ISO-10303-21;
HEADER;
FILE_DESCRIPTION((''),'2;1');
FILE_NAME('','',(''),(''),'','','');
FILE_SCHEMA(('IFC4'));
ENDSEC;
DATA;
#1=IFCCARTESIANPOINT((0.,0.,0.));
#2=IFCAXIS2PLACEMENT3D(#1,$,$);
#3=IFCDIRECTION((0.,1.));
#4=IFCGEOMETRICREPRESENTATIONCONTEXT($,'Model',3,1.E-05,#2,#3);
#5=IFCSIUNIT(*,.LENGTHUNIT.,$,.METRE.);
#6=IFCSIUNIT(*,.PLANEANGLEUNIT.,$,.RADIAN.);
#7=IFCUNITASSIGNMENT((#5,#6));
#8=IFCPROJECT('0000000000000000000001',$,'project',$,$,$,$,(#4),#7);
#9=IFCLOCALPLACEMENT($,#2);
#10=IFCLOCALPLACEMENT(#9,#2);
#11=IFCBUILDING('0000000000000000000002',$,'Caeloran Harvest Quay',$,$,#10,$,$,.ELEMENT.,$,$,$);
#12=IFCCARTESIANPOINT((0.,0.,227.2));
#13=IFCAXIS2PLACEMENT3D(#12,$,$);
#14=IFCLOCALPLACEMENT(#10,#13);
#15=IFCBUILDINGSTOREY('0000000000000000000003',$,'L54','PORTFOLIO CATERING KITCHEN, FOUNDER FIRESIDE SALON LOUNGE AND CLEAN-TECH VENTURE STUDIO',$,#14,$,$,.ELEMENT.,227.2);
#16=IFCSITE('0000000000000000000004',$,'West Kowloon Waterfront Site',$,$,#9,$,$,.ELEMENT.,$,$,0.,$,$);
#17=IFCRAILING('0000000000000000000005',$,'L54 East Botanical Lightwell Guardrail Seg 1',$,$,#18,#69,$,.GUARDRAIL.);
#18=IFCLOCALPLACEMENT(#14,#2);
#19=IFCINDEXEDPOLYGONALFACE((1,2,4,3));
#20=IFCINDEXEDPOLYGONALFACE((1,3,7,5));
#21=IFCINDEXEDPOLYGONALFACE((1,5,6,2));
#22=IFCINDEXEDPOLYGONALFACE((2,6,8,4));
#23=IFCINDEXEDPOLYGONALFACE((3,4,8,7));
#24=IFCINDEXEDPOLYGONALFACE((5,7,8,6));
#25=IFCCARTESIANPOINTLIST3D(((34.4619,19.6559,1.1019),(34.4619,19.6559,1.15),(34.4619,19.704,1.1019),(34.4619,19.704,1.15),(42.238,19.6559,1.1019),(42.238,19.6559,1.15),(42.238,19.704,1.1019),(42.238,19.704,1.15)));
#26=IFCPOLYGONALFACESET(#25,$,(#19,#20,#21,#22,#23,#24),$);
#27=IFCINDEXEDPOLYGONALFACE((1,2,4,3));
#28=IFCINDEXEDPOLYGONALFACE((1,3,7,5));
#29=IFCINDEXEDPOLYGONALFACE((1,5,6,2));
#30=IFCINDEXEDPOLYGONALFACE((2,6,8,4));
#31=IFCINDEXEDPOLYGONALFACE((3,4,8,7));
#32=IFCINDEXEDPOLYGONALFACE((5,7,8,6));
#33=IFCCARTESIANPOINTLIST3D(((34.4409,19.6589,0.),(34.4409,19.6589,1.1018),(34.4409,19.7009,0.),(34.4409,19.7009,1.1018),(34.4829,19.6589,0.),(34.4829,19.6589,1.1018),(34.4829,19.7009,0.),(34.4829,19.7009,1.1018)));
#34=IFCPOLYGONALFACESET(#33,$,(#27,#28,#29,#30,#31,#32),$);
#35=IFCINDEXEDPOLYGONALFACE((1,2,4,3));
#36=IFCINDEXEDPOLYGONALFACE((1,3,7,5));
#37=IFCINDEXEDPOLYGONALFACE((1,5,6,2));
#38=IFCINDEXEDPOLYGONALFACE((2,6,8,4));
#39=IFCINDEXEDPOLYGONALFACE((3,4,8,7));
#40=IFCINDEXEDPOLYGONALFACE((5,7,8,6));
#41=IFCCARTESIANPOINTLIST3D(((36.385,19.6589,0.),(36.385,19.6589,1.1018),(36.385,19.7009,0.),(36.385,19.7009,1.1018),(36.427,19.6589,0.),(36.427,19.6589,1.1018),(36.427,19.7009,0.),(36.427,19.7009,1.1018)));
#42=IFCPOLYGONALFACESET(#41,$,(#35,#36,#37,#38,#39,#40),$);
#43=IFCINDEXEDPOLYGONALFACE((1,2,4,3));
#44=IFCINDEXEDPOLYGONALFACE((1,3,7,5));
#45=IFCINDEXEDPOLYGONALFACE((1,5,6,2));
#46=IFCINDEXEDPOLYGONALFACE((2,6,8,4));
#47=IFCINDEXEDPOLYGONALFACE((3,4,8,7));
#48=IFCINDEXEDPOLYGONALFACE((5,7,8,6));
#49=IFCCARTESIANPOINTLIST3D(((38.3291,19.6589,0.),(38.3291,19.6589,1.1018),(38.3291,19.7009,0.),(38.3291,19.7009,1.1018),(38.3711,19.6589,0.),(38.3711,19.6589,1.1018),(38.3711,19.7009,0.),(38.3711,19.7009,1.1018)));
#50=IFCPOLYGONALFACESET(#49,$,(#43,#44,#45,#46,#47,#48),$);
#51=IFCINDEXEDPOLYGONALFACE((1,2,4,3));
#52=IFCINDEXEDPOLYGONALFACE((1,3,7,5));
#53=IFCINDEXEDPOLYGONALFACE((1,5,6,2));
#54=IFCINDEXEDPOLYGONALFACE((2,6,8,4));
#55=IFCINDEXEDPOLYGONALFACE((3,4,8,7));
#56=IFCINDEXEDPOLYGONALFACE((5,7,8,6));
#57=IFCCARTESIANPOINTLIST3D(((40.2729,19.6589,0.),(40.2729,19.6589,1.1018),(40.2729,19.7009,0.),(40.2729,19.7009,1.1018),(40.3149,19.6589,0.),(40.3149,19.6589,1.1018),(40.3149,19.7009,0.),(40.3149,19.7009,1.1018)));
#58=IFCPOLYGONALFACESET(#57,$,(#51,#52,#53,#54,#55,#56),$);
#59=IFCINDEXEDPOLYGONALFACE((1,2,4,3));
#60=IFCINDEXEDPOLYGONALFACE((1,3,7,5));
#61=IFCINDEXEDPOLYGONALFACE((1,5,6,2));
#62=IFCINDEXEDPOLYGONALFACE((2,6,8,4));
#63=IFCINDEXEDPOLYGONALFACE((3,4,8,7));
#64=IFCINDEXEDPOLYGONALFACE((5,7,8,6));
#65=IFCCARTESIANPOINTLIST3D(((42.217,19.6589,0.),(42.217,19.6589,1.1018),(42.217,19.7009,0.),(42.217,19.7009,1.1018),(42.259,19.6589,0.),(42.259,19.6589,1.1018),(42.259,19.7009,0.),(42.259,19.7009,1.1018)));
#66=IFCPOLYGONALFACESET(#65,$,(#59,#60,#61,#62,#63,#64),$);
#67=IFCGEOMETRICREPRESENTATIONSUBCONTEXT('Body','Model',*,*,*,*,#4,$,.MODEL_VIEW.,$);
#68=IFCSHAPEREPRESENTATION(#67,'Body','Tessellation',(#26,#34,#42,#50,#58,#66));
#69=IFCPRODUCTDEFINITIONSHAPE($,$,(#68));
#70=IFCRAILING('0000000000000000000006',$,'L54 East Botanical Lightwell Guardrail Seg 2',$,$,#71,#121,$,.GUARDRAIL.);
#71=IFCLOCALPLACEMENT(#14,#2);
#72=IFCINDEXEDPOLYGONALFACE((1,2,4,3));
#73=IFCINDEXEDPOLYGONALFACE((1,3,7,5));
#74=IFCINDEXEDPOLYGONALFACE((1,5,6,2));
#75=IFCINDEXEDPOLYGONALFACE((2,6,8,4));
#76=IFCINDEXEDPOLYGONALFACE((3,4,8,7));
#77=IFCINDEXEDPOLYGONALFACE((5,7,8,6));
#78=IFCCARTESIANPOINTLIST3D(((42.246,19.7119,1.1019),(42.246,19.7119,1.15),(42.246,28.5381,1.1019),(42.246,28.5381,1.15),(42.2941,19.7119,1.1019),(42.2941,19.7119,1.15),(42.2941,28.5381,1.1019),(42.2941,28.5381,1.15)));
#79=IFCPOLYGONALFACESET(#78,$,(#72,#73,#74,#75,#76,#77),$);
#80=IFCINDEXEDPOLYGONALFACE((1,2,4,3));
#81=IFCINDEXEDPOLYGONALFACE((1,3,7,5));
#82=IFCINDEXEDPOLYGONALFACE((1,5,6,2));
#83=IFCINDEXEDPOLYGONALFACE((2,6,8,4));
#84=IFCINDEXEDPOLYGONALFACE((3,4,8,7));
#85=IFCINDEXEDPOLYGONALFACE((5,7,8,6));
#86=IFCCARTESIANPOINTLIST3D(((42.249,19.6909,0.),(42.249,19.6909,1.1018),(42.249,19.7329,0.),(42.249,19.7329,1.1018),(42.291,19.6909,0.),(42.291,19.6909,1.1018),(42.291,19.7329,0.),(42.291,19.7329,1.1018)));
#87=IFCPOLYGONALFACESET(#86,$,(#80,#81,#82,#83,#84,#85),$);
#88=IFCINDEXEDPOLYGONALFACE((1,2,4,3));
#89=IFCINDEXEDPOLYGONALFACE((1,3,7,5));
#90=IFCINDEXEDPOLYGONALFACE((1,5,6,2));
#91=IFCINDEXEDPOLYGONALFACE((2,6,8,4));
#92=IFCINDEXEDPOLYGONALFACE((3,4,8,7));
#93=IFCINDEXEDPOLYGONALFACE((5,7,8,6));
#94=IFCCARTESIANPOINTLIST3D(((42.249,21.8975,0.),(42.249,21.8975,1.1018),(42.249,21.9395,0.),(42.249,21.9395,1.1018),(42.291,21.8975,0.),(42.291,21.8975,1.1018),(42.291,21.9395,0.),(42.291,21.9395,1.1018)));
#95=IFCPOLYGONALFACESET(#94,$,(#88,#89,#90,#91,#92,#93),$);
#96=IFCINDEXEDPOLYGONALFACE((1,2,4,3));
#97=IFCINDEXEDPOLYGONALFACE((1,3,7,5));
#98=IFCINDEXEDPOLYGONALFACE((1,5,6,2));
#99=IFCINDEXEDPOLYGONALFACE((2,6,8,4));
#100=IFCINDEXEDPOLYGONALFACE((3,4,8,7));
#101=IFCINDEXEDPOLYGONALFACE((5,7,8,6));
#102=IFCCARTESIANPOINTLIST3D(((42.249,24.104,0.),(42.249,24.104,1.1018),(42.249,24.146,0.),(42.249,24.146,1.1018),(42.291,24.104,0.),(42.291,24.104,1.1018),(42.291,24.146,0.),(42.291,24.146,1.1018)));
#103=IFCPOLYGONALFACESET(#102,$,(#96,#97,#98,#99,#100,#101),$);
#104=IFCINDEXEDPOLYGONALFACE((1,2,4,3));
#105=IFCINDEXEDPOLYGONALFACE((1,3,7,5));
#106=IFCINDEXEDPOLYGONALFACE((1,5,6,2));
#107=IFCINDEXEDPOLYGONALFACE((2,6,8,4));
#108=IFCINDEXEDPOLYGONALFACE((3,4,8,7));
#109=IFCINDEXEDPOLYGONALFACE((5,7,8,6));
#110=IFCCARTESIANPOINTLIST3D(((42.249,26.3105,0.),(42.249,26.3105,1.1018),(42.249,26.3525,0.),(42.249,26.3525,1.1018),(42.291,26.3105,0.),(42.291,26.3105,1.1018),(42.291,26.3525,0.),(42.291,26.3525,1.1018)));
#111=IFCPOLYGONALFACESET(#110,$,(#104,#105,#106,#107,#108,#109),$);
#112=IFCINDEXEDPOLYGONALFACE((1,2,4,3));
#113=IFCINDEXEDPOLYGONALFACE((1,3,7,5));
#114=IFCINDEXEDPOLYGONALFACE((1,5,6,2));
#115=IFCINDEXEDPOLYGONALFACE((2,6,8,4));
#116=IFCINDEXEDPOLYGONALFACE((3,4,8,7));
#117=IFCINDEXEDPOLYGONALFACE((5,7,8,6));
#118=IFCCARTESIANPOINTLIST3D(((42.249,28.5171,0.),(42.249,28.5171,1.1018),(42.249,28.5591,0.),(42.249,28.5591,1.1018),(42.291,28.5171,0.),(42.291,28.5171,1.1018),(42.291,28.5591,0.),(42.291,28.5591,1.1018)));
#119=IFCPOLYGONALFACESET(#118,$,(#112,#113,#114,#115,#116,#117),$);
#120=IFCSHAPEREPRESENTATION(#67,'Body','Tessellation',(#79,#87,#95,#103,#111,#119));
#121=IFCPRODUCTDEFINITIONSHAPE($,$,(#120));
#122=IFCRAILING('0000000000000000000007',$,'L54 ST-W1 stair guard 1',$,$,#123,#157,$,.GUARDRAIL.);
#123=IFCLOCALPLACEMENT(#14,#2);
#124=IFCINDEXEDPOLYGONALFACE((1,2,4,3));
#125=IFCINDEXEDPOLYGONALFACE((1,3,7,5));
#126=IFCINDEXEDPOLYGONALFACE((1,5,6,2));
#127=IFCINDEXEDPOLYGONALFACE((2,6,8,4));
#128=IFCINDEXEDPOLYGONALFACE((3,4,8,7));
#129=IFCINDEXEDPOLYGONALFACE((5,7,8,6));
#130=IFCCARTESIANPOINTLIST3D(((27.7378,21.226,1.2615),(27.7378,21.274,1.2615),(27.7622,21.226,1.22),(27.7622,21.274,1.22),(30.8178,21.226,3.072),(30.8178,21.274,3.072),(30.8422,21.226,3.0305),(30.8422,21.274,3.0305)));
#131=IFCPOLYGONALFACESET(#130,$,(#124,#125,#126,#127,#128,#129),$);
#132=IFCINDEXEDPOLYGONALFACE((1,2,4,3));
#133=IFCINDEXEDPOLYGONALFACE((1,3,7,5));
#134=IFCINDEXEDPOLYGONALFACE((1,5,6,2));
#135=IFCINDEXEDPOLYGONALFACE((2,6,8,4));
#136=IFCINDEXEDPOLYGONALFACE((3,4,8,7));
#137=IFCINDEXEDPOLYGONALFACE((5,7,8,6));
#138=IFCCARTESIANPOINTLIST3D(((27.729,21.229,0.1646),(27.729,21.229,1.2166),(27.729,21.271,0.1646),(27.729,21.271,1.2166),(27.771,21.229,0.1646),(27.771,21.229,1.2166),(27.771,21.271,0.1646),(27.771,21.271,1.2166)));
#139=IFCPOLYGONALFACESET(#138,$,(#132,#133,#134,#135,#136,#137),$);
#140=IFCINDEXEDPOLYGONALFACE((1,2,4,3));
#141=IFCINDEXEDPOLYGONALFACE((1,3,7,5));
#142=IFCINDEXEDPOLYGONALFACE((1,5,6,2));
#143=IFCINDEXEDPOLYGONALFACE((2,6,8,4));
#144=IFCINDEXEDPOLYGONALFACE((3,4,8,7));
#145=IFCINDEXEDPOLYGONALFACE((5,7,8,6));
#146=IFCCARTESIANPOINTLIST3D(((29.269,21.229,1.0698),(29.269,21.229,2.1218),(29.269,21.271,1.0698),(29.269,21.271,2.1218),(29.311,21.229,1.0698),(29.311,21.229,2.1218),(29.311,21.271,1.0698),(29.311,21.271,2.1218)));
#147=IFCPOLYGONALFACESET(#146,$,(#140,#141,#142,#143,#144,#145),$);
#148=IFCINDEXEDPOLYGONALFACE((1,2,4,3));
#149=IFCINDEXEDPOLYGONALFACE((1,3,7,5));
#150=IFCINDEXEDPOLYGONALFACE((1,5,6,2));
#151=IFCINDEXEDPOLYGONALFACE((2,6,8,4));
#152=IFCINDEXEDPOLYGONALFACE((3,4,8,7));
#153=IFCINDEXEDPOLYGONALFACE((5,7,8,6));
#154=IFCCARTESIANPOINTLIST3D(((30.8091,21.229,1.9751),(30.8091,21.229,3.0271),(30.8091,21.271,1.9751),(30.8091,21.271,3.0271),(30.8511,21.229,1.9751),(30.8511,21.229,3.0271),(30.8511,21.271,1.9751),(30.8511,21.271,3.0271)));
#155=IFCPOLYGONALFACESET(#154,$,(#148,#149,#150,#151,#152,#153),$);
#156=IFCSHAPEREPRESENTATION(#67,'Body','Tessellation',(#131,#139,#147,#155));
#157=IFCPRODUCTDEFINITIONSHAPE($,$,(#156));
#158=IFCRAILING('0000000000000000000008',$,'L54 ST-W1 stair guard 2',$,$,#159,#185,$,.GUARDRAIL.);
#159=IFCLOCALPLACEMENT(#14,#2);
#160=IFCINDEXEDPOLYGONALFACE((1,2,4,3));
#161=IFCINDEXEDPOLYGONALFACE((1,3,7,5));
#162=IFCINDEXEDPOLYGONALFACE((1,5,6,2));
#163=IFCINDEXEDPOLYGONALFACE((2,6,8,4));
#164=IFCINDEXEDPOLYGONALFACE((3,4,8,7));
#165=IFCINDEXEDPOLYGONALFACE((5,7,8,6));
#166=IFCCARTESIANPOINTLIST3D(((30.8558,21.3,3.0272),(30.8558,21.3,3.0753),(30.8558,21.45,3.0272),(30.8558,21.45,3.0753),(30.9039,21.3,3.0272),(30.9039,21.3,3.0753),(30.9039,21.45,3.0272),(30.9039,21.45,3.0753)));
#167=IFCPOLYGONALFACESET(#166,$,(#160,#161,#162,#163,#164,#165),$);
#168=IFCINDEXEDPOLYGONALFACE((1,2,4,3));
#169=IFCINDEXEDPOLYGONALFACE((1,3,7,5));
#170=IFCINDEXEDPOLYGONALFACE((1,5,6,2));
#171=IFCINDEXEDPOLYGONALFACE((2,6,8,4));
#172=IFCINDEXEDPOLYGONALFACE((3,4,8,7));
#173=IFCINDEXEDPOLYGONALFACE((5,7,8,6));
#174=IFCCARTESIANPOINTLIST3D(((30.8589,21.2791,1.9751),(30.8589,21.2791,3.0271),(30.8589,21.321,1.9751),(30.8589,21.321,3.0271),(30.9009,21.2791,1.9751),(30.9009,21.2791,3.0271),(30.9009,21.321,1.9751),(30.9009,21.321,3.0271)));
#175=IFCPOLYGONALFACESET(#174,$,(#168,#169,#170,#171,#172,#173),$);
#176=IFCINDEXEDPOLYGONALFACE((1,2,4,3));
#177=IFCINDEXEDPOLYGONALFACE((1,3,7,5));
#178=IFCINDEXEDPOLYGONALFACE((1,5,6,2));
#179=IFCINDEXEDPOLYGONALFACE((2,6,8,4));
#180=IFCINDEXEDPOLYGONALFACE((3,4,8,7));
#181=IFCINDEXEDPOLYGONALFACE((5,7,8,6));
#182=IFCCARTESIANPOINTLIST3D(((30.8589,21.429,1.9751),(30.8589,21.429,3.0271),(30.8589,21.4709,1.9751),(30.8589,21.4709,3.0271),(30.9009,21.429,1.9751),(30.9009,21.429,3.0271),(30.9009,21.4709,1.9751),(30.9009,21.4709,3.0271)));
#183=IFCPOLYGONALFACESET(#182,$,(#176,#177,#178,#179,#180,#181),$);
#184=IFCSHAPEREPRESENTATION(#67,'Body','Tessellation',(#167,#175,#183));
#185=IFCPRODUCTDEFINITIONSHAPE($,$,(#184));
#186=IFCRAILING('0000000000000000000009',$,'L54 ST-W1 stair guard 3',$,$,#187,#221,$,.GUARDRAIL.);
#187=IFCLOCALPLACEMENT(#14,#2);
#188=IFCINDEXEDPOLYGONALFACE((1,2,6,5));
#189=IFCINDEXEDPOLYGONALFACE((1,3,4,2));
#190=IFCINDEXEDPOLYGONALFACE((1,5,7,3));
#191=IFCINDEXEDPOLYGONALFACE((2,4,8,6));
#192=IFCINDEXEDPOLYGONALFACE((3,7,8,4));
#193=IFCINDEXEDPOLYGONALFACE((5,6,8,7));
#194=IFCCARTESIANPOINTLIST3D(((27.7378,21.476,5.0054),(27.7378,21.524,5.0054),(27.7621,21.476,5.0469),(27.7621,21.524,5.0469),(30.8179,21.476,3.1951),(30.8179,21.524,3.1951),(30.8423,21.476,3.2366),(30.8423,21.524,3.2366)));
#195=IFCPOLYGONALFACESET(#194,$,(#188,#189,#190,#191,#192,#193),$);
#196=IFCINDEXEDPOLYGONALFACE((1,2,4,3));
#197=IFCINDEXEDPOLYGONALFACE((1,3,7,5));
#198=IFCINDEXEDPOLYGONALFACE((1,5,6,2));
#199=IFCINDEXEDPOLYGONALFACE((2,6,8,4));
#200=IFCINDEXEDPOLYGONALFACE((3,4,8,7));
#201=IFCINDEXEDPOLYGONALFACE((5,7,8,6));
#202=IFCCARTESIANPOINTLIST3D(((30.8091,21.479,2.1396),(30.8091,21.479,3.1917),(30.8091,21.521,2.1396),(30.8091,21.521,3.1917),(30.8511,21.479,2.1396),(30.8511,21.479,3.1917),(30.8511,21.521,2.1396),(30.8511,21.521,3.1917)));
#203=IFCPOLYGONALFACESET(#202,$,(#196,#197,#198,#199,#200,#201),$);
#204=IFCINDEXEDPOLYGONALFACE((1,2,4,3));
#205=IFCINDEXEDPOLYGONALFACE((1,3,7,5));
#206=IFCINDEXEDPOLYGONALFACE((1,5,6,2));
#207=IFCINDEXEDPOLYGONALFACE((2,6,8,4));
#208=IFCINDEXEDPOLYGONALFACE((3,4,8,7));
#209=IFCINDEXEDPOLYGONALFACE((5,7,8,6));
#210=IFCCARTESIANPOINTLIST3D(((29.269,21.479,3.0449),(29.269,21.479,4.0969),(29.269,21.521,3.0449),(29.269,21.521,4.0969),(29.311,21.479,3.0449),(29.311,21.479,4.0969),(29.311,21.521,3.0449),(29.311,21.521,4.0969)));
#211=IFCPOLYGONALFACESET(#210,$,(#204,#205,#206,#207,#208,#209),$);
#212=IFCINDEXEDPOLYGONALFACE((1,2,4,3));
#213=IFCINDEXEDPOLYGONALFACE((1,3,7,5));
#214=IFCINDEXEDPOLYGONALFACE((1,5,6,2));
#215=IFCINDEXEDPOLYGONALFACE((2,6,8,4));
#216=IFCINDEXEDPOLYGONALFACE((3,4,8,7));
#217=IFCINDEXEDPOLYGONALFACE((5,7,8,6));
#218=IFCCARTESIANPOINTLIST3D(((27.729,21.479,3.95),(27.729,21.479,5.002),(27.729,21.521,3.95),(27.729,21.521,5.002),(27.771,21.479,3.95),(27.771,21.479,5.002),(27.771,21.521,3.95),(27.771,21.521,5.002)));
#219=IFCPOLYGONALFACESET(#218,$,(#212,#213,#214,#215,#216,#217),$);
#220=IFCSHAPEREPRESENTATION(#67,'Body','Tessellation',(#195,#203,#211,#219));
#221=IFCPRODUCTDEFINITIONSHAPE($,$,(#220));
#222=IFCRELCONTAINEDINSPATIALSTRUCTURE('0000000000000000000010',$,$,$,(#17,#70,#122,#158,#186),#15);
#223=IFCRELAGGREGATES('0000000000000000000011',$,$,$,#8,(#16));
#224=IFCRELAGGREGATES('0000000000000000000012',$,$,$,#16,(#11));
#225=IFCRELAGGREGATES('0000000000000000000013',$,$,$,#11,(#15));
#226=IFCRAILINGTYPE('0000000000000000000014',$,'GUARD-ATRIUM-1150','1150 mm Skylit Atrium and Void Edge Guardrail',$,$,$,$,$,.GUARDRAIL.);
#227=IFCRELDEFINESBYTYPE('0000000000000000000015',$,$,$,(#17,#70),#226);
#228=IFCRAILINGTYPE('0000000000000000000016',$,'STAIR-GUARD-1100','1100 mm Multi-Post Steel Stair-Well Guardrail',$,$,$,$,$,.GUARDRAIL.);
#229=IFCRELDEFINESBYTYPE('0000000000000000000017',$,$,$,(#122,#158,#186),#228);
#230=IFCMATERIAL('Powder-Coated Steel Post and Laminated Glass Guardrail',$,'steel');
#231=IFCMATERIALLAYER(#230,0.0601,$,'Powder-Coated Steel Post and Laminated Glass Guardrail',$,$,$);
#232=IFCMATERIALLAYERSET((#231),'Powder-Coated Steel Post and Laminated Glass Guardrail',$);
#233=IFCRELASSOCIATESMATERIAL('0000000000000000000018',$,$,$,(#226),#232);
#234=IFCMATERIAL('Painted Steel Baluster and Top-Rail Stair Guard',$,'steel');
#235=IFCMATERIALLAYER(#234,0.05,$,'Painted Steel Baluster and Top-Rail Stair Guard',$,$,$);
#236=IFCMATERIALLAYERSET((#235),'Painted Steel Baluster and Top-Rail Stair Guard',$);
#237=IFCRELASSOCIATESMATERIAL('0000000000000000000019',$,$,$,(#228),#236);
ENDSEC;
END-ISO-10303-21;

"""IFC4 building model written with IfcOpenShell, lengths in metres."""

from ifc_helpers import new_model, si_unit, direction, frame, origin, origin_2d, place, context, subcontext, project, spatial, rectangle, extrude, material, layer, layer_set, type_object, element, save


model = new_model("IFC4")

# Units and contexts
model_context = context("Model", 3, precision=1e-05, world=origin(), true_north=direction((0.0, 1.0)))
body_context = subcontext(model_context, "Body", "Model", "MODEL_VIEW")
ifc_project = project(units=[si_unit("LENGTHUNIT", "METRE"), si_unit("PLANEANGLEUNIT", "RADIAN")], contexts=[model_context])

# Site, building, storey
site_placement = place(None, origin())
site = spatial("IfcSite", under=ifc_project, at=site_placement, Name="West Kowloon Waterfront Site", CompositionType="ELEMENT", RefElevation=0.0)
building_placement = place(site_placement, origin())
building = spatial("IfcBuilding", under=site, at=building_placement, Name="Caeloran Harvest Quay", CompositionType="ELEMENT")
storey_placement = place(building_placement, frame((0.0, 0.0, 227.2)))
storey = spatial("IfcBuildingStorey", under=building, at=storey_placement, Name="L54", Description="PORTFOLIO CATERING KITCHEN, FOUNDER FIRESIDE SALON LOUNGE AND CLEAN-TECH VENTURE STUDIO", CompositionType="ELEMENT", Elevation=227.2)

# Railings
ifc_material_1 = material(Name="Powder-Coated Steel Post and Laminated Glass Guardrail", Category="steel")
ifc_layer_1 = layer(ifc_material_1, 0.0601, Name="Powder-Coated Steel Post and Laminated Glass Guardrail")
ifc_layer_set_1 = layer_set([ifc_layer_1], Name="Powder-Coated Steel Post and Laminated Glass Guardrail")
railing_type_1 = type_object("IfcRailingType", Name="GUARD-ATRIUM-1150", Description="1150 mm Skylit Atrium and Void Edge Guardrail", PredefinedType="GUARDRAIL", material=ifc_layer_set_1)
railing_1_placement = place(storey_placement, frame((34.4619, 19.6799, 0.0)))
element("IfcRailing", 1, at=railing_1_placement, inside=storey, type_object=railing_type_1, Name="L54 East Botanical Lightwell Guardrail Seg 1", PredefinedType="GUARDRAIL", context=body_context, shape_type="SweptSolid", body=[
    extrude(rectangle(XDim=0.0481, YDim=0.0481, at=origin_2d()), frame((0.0, 0.0, 1.126), z_axis=(1.0, 0.0, 0.0), x_axis=(0.0, 1.0, 0.0)), (0.0, 0.0, 1.0), 7.7761),
    extrude(rectangle(XDim=0.042, YDim=0.042, at=origin_2d()), origin(), (0.0, 0.0, 1.0), 1.1018),
    extrude(rectangle(XDim=0.042, YDim=0.042, at=origin_2d()), frame((1.9441, 0.0, 0.0)), (0.0, 0.0, 1.0), 1.1018),
    extrude(rectangle(XDim=0.042, YDim=0.042, at=origin_2d()), frame((3.8882, 0.0, 0.0)), (0.0, 0.0, 1.0), 1.1018),
    extrude(rectangle(XDim=0.042, YDim=0.042, at=origin_2d()), frame((5.832, 0.0, 0.0)), (0.0, 0.0, 1.0), 1.1018),
    extrude(rectangle(XDim=0.042, YDim=0.042, at=origin_2d()), frame((7.7761, 0.0, 0.0)), (0.0, 0.0, 1.0), 1.1018),
])
railing_2_placement = place(storey_placement, frame((42.27, 19.7119, 0.0)))
element("IfcRailing", 2, at=railing_2_placement, inside=storey, type_object=railing_type_1, Name="L54 East Botanical Lightwell Guardrail Seg 2", PredefinedType="GUARDRAIL", context=body_context, shape_type="SweptSolid", body=[
    extrude(rectangle(XDim=0.0481, YDim=0.0481, at=origin_2d()), frame((0.0, 0.0, 1.126), z_axis=(0.0, 1.0, 0.0), x_axis=(-1.0, 0.0, 0.0)), (0.0, 0.0, 1.0), 8.8262),
    extrude(rectangle(XDim=0.042, YDim=0.042, at=origin_2d()), origin(), (0.0, 0.0, 1.0), 1.1018),
    extrude(rectangle(XDim=0.042, YDim=0.042, at=origin_2d()), frame((0.0, 2.2065, 0.0)), (0.0, 0.0, 1.0), 1.1018),
    extrude(rectangle(XDim=0.042, YDim=0.042, at=origin_2d()), frame((0.0, 4.4131, 0.0)), (0.0, 0.0, 1.0), 1.1018),
    extrude(rectangle(XDim=0.042, YDim=0.042, at=origin_2d()), frame((0.0, 6.6196, 0.0)), (0.0, 0.0, 1.0), 1.1018),
    extrude(rectangle(XDim=0.042, YDim=0.042, at=origin_2d()), frame((0.0, 8.8262, 0.0)), (0.0, 0.0, 1.0), 1.1018),
])
ifc_material_2 = material(Name="Painted Steel Baluster and Top-Rail Stair Guard", Category="steel")
ifc_layer_2 = layer(ifc_material_2, 0.05, Name="Painted Steel Baluster and Top-Rail Stair Guard")
ifc_layer_set_2 = layer_set([ifc_layer_2], Name="Painted Steel Baluster and Top-Rail Stair Guard")
railing_type_2 = type_object("IfcRailingType", Name="STAIR-GUARD-1100", Description="1100 mm Multi-Post Steel Stair-Well Guardrail", PredefinedType="GUARDRAIL", material=ifc_layer_set_2)
railing_3_placement = place(storey_placement, frame((27.75, 21.25, 0.1646)))
element("IfcRailing", 3, at=railing_3_placement, inside=storey, type_object=railing_type_2, Name="L54 ST-W1 stair guard 1", PredefinedType="GUARDRAIL", context=body_context, shape_type="SweptSolid", body=[
    extrude(rectangle(XDim=0.0481, YDim=0.0481, at=origin_2d()), frame((0.0, 0.0, 1.0762), z_axis=(0.862089, 0.0, 0.506757), x_axis=(0.0, 1.0, 0.0)), (0.0, 0.0, 1.0), 3.5728),
    extrude(rectangle(XDim=0.042, YDim=0.042, at=origin_2d()), origin(), (0.0, 0.0, 1.0), 1.052),
    extrude(rectangle(XDim=0.042, YDim=0.042, at=origin_2d()), frame((1.54, 0.0, 0.9053)), (0.0, 0.0, 1.0), 1.052),
    extrude(rectangle(XDim=0.042, YDim=0.042, at=origin_2d()), frame((3.0801, 0.0, 1.8105)), (0.0, 0.0, 1.0), 1.052),
])
railing_4_placement = place(storey_placement, frame((30.8799, 21.3, 1.9751)))
element("IfcRailing", 4, at=railing_4_placement, inside=storey, type_object=railing_type_2, Name="L54 ST-W1 stair guard 2", PredefinedType="GUARDRAIL", context=body_context, shape_type="SweptSolid", body=[
    extrude(rectangle(XDim=0.0481, YDim=0.0481, at=origin_2d()), frame((0.0, 0.0, 1.0762), z_axis=(0.0, 1.0, 0.0), x_axis=(-1.0, 0.0, 0.0)), (0.0, 0.0, 1.0), 0.1499),
    extrude(rectangle(XDim=0.042, YDim=0.042, at=origin_2d()), origin(), (0.0, 0.0, 1.0), 1.052),
    extrude(rectangle(XDim=0.042, YDim=0.042, at=origin_2d()), frame((0.0, 0.1499, 0.0)), (0.0, 0.0, 1.0), 1.052),
])
railing_5_placement = place(storey_placement, frame((30.8301, 21.5, 2.1396)))
element("IfcRailing", 5, at=railing_5_placement, inside=storey, type_object=railing_type_2, Name="L54 ST-W1 stair guard 3", PredefinedType="GUARDRAIL", context=body_context, shape_type="SweptSolid", body=[
    extrude(rectangle(XDim=0.0481, YDim=0.0481, at=origin_2d()), frame((0.0, 0.0, 1.0762), z_axis=(-0.862119, 0.0, 0.506707), x_axis=(0.0, -1.0, 0.0)), (0.0, 0.0, 1.0), 3.5728),
    extrude(rectangle(XDim=0.042, YDim=0.042, at=origin_2d()), origin(), (0.0, 0.0, 1.0), 1.052),
    extrude(rectangle(XDim=0.042, YDim=0.042, at=origin_2d()), frame((-1.54, 0.0, 0.9053)), (0.0, 0.0, 1.0), 1.052),
    extrude(rectangle(XDim=0.042, YDim=0.042, at=origin_2d()), frame((-3.0801, 0.0, 1.8103)), (0.0, 0.0, 1.0), 1.052),
])

save(model, "model.ifc")
